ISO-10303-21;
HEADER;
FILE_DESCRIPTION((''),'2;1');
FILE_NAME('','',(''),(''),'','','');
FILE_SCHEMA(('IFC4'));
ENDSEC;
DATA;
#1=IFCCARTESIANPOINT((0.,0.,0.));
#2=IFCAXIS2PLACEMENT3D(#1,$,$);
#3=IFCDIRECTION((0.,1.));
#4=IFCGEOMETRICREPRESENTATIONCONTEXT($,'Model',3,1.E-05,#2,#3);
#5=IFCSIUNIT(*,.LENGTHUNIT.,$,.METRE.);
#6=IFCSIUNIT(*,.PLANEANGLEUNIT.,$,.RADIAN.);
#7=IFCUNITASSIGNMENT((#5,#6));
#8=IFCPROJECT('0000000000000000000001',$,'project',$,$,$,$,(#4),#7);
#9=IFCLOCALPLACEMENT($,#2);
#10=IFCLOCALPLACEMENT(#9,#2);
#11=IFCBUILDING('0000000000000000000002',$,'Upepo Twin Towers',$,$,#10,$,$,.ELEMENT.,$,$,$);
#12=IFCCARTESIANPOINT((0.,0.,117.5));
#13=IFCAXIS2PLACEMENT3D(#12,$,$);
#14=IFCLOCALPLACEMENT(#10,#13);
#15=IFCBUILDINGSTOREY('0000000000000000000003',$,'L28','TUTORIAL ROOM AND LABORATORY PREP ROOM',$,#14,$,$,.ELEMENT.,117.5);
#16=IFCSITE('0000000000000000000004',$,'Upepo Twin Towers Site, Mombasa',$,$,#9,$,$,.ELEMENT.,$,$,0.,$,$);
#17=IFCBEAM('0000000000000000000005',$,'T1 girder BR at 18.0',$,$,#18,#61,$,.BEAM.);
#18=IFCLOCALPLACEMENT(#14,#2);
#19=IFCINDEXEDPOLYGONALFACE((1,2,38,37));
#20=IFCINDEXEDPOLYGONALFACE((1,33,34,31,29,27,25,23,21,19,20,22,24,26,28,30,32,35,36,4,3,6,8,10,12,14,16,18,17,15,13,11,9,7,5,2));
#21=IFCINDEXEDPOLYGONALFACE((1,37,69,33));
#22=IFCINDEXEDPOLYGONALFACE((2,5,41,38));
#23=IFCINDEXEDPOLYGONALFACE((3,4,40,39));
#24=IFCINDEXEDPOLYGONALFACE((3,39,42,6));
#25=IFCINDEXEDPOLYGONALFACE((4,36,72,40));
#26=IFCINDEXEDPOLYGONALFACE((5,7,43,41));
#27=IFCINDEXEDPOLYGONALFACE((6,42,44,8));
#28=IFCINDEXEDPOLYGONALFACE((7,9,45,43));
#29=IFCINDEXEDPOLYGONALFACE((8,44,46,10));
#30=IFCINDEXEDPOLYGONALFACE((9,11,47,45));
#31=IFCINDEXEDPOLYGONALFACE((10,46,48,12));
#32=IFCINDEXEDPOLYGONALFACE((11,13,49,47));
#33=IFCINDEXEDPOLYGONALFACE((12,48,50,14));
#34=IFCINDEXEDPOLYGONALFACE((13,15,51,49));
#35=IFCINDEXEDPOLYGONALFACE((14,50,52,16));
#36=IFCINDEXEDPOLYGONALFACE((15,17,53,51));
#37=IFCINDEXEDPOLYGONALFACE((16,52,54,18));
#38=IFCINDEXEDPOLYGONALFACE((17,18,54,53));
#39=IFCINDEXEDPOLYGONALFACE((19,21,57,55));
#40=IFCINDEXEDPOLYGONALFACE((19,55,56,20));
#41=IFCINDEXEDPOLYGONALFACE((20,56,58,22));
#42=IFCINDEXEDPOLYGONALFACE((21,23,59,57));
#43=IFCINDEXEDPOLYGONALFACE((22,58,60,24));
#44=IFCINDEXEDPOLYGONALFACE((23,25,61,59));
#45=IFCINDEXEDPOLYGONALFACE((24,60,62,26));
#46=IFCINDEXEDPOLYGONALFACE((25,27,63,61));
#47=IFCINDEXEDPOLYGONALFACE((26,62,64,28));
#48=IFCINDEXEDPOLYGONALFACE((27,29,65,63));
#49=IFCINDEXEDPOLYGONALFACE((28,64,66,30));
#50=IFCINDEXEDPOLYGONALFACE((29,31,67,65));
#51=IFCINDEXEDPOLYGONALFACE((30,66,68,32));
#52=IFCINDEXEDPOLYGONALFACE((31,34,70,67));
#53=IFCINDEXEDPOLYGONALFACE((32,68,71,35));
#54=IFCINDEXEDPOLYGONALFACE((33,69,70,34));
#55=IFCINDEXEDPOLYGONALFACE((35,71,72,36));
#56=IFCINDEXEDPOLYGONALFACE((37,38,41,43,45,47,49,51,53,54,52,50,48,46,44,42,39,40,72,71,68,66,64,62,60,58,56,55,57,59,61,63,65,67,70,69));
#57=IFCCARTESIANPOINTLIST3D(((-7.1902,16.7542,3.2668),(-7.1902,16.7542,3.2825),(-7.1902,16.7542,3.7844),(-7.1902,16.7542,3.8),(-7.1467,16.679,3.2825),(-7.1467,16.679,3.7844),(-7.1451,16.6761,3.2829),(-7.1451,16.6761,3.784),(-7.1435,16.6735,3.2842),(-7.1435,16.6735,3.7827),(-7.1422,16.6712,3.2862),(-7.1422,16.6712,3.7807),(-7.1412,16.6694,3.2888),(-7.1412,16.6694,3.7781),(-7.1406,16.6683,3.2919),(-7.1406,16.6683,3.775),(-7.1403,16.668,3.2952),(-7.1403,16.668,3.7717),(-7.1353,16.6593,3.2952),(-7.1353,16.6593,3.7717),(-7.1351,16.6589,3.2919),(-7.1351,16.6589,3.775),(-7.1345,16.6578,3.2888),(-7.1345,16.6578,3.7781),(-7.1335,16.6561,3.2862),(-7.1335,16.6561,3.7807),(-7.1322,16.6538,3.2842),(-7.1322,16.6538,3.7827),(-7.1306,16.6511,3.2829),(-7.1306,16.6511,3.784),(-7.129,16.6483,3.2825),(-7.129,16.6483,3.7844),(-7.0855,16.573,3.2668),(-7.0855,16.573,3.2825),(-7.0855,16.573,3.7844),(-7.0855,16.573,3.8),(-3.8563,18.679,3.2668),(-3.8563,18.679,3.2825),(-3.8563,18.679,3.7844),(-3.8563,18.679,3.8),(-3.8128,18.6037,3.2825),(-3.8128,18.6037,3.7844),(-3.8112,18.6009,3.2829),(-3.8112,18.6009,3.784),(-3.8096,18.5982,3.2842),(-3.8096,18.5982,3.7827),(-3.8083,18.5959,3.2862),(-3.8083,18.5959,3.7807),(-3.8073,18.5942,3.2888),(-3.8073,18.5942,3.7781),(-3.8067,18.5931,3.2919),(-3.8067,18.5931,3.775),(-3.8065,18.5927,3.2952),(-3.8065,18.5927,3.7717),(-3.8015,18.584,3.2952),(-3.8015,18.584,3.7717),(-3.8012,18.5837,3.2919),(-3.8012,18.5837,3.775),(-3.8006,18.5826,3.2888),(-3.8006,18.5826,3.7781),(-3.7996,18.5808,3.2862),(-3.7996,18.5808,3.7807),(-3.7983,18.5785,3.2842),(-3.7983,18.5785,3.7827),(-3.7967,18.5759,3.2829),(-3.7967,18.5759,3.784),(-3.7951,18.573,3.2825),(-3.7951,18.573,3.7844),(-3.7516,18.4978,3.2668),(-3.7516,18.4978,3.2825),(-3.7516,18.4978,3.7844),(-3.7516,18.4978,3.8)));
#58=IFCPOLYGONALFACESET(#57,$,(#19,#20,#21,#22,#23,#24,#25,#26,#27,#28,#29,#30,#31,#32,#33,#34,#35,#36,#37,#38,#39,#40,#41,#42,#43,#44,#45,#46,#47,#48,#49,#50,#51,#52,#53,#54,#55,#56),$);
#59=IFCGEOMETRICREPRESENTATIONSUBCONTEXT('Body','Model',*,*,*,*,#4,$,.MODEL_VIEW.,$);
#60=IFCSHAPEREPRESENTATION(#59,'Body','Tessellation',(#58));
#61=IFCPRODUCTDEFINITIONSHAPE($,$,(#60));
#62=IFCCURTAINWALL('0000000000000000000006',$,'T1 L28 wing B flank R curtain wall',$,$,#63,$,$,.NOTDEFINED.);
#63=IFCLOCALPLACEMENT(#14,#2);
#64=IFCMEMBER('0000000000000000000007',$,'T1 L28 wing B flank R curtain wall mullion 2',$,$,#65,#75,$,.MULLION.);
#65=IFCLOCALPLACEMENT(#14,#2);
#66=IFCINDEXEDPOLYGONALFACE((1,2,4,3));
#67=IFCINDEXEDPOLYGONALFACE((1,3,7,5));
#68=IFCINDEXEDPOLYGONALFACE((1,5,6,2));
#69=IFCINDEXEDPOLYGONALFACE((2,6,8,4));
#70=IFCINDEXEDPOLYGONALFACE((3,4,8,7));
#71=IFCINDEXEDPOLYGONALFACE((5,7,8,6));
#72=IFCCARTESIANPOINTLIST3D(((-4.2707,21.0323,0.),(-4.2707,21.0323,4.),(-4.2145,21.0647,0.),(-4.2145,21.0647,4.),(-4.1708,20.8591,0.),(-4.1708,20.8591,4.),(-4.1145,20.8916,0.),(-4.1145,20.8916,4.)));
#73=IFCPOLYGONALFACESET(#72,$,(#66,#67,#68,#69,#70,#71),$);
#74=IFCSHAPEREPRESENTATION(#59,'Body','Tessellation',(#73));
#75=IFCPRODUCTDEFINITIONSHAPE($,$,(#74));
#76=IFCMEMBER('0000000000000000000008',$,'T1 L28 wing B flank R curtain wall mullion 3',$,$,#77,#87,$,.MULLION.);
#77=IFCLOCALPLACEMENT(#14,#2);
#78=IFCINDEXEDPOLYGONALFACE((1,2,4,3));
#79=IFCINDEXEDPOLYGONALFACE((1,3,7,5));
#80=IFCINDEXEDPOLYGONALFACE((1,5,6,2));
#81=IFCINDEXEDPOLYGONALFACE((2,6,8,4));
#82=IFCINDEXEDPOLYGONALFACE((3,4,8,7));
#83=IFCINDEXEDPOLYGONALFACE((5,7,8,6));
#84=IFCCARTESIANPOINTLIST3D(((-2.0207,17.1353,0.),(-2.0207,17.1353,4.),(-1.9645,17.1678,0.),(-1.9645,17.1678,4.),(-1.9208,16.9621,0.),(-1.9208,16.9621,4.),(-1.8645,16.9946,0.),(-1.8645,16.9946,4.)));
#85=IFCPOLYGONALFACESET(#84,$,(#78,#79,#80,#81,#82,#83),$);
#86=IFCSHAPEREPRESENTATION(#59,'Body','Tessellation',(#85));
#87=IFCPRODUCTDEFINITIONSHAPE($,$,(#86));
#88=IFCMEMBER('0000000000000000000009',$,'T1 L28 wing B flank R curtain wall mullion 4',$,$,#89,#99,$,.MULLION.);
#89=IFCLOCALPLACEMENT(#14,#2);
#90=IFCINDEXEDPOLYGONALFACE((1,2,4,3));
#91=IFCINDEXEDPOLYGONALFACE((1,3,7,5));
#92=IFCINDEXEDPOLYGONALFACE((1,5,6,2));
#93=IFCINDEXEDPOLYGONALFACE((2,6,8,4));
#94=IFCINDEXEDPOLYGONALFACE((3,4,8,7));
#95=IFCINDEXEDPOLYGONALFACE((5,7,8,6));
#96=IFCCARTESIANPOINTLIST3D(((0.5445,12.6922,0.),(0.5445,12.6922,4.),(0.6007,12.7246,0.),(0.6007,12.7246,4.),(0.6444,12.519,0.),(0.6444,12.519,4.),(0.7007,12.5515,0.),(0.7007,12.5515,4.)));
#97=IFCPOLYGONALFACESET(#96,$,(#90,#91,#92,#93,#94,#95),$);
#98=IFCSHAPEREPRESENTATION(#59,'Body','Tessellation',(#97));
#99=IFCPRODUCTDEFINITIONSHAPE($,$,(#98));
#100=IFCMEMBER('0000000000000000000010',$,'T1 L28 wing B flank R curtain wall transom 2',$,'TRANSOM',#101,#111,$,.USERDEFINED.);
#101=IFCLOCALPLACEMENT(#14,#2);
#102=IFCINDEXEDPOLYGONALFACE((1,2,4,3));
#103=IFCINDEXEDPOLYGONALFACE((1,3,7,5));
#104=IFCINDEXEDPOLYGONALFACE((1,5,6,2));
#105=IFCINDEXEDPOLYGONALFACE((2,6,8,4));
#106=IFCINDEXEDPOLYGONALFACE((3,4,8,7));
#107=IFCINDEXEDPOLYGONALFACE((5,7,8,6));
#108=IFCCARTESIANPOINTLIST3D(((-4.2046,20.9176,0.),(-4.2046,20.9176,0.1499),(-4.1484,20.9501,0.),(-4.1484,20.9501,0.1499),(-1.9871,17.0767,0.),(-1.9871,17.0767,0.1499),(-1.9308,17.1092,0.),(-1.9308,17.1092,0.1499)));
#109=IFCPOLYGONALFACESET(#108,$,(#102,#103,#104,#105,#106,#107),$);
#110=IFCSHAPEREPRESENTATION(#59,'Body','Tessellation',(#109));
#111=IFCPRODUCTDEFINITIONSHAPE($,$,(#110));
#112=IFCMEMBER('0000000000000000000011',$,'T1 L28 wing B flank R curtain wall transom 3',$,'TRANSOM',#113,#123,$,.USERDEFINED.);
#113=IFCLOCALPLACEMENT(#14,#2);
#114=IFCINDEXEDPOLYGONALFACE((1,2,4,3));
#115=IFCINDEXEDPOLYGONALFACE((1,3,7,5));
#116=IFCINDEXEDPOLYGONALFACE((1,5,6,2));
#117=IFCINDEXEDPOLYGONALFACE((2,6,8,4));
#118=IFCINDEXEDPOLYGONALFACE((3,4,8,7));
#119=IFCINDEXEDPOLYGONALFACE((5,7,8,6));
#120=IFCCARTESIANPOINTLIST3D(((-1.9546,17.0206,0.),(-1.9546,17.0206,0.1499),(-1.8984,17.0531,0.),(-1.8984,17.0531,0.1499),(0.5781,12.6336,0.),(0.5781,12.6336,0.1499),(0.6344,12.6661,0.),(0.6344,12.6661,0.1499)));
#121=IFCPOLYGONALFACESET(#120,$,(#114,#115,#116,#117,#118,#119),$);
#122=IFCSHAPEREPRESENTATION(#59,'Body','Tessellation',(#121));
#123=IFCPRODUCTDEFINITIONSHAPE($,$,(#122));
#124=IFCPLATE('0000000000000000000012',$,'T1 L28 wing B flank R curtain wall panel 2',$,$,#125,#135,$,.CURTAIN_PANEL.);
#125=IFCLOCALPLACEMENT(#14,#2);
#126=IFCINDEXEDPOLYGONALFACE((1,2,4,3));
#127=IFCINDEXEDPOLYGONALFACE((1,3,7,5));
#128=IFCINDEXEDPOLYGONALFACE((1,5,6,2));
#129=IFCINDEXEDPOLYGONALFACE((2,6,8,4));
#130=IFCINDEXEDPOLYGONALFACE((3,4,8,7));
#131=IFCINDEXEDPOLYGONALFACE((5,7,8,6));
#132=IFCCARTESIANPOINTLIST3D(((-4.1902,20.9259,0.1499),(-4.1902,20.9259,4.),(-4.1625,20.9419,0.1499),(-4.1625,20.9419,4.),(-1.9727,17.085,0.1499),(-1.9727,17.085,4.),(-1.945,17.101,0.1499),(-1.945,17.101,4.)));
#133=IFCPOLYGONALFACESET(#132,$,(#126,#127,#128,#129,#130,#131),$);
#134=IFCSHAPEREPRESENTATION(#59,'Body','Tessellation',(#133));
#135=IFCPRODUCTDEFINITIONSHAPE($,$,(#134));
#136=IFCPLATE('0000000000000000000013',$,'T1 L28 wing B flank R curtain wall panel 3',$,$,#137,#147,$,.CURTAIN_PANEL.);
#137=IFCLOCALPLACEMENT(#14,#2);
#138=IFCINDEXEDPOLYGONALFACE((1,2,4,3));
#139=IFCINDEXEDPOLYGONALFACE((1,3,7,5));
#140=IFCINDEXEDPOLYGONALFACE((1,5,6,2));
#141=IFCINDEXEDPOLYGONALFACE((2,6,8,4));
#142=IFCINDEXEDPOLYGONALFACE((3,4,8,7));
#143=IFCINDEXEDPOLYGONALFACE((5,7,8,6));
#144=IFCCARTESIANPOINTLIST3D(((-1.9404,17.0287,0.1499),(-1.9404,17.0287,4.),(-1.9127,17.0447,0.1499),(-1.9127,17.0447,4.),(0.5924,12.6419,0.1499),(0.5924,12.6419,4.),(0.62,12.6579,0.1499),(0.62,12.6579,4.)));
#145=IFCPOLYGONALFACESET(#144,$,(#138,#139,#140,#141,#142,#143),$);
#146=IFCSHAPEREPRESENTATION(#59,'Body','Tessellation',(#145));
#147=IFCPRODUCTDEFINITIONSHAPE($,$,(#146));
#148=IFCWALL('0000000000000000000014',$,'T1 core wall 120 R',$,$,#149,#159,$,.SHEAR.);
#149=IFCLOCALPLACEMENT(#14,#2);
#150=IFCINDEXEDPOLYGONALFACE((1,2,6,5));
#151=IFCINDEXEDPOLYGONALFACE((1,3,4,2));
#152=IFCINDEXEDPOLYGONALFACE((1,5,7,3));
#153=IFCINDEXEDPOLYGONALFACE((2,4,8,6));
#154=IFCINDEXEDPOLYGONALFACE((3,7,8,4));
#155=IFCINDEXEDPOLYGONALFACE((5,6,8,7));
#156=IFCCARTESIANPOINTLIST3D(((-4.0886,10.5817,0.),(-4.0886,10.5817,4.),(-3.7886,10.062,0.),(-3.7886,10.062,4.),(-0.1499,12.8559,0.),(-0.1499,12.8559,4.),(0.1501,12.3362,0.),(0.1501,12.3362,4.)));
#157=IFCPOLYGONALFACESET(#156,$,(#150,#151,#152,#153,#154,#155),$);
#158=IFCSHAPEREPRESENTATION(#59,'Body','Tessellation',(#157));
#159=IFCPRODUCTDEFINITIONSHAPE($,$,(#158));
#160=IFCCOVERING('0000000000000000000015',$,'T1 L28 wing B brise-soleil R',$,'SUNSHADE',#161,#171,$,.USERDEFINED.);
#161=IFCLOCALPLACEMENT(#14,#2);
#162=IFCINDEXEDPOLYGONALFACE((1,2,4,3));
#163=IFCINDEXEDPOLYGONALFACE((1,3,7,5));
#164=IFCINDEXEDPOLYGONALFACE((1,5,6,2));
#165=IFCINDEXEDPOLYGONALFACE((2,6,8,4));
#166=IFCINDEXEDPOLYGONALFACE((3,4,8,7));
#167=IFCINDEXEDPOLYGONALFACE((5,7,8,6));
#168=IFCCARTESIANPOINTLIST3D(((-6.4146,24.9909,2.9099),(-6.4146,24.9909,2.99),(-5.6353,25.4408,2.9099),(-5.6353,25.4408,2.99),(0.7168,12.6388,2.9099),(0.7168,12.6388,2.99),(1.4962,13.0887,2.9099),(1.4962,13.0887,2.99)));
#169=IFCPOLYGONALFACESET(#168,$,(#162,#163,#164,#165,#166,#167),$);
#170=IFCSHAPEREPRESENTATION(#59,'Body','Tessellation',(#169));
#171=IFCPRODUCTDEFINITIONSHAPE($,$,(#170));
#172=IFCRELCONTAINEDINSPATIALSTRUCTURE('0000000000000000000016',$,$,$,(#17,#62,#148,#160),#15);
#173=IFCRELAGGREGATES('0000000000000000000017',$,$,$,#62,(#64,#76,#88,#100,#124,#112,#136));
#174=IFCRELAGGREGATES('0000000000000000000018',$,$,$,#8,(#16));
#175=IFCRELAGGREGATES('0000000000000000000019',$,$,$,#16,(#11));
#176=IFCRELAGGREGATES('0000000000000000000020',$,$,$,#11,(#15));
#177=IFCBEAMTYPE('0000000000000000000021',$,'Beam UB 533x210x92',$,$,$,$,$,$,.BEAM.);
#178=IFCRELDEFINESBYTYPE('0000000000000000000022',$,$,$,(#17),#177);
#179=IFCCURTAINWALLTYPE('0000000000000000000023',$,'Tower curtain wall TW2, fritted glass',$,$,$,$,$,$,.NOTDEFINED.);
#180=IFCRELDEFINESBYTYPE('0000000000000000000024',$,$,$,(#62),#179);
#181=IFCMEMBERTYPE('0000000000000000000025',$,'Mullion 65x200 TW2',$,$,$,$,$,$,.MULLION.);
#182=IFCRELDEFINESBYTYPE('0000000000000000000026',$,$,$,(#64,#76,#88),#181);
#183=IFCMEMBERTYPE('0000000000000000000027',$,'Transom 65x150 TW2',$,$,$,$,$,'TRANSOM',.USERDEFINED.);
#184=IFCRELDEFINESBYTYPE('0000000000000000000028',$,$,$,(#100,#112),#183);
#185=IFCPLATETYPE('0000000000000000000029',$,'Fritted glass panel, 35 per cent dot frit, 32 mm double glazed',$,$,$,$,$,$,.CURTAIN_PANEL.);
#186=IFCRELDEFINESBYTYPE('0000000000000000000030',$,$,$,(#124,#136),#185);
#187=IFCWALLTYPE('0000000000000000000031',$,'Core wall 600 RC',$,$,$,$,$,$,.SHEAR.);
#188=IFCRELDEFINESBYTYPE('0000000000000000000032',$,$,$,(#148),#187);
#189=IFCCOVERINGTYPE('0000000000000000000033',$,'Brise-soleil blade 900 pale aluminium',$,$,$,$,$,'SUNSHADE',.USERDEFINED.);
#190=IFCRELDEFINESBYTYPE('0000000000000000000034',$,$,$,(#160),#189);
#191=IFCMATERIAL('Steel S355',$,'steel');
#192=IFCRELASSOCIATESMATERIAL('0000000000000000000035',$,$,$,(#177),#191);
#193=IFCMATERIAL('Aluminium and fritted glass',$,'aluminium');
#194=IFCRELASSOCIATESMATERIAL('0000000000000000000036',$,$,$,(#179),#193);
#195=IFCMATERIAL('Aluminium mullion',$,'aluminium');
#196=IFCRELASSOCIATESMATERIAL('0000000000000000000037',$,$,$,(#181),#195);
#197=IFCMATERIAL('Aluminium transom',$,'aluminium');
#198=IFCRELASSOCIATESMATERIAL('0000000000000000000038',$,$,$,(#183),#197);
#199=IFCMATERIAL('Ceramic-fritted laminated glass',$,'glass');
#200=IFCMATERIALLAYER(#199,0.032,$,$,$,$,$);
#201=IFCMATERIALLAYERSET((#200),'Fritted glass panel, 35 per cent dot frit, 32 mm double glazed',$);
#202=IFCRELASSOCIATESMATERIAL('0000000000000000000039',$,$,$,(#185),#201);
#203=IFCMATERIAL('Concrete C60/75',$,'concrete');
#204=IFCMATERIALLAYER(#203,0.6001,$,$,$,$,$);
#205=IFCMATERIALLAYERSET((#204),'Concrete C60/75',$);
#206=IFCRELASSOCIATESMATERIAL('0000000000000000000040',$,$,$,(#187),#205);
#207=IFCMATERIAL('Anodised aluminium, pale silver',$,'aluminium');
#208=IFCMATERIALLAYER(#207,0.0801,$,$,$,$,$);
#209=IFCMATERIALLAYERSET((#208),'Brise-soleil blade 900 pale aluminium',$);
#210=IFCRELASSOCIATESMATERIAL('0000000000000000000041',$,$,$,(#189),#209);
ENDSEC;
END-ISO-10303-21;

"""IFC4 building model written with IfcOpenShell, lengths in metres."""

from ifc_helpers import new_model, si_unit, direction, frame, frame_2d, origin, origin_2d, place, context, subcontext, project, spatial, rectangle, i_section, extrude, material, layer, layer_set, material_profile, profile_set, type_object, element, aggregate, save


model = new_model("IFC4")

# Units and contexts
model_context = context("Model", 3, precision=1e-05, world=origin(), true_north=direction((0.0, 1.0)))
body_context = subcontext(model_context, "Body", "Model", "MODEL_VIEW")
ifc_project = project(units=[si_unit("LENGTHUNIT", "METRE"), si_unit("PLANEANGLEUNIT", "RADIAN")], contexts=[model_context])

# Site, building, storey
site_placement = place(None, origin())
site = spatial("IfcSite", under=ifc_project, at=site_placement, Name="Upepo Twin Towers Site, Mombasa", CompositionType="ELEMENT", RefElevation=0.0)
building_placement = place(site_placement, origin())
building = spatial("IfcBuilding", under=site, at=building_placement, Name="Upepo Twin Towers", CompositionType="ELEMENT")
storey_placement = place(building_placement, frame((0.0, 0.0, 117.5)))
storey = spatial("IfcBuildingStorey", under=building, at=storey_placement, Name="L28", Description="TUTORIAL ROOM AND LABORATORY PREP ROOM", CompositionType="ELEMENT", Elevation=117.5)

# Beam
ifc_material_1 = material(Name="Steel S355", Category="steel")
ifc_material_profile_1 = material_profile(ifc_material_1, i_section(OverallWidth=0.2092, OverallDepth=0.5332, WebThickness=0.01, FlangeThickness=0.0156, FilletRadius=0.0127, at=origin_2d()), Name="UB 533x210x92")
ifc_profile_set_1 = profile_set([ifc_material_profile_1], Name="Steel S355")
beam_type_1 = type_object("IfcBeamType", Name="Beam UB 533x210x92", PredefinedType="BEAM", material=ifc_profile_set_1)
beam_1_placement = place(storey_placement, frame((-3.804, 18.5884, 3.5334), z_axis=(-0.866034, -0.499986, 0.0), x_axis=(0.499986, -0.866034, 0.0)))
element("IfcBeam", 1, at=beam_1_placement, inside=storey, type_object=beam_type_1, Name="T1 girder BR at 18.0", PredefinedType="BEAM", context=body_context, shape_type="SweptSolid", body=[
    extrude(i_section(OverallWidth=0.2092, OverallDepth=0.5332, WebThickness=0.01, FlangeThickness=0.0156, FilletRadius=0.0127, at=origin_2d()), origin(), (0.0, 0.0, 1.0), 3.8496),
])

# Curtain wall, members, plates
ifc_material_2 = material(Name="Aluminium and fritted glass", Category="aluminium")
curtain_wall_type = type_object("IfcCurtainWallType", Name="Tower curtain wall TW2, fritted glass", PredefinedType="NOTDEFINED", material=ifc_material_2)
curtain_wall_placement = place(storey_placement, origin())
curtain_wall = element("IfcCurtainWall", 2, at=curtain_wall_placement, inside=storey, type_object=curtain_wall_type, Name="T1 L28 wing B flank R curtain wall", PredefinedType="NOTDEFINED")
ifc_material_3 = material(Name="Aluminium mullion", Category="aluminium")
ifc_material_profile_2 = material_profile(ifc_material_3, rectangle(XDim=0.0649, YDim=0.2, at=origin_2d()), Name="MULLION 65x200")
ifc_profile_set_2 = profile_set([ifc_material_profile_2], Name="Aluminium mullion")
member_type_1 = type_object("IfcMemberType", Name="Mullion 65x200 TW2", PredefinedType="MULLION", material=ifc_profile_set_2)
member_1_placement = place(storey_placement, frame((-4.1926, 20.9619, 0.0), z_axis=(0.0, 0.0, 1.0), x_axis=(0.866025, 0.5, 0.0)))
member_1 = element("IfcMember", 3, at=member_1_placement, type_object=member_type_1, Name="T1 L28 wing B flank R curtain wall mullion 2", PredefinedType="MULLION", context=body_context, shape_type="SweptSolid", body=[
    extrude(rectangle(XDim=0.0649, YDim=0.2, at=origin_2d()), origin(), (0.0, 0.0, 1.0), 4.0),
])
member_2_placement = place(storey_placement, frame((-1.9426, 17.0649, 0.0), z_axis=(0.0, 0.0, 1.0), x_axis=(0.866025, 0.5, 0.0)))
member_2 = element("IfcMember", 4, at=member_2_placement, type_object=member_type_1, Name="T1 L28 wing B flank R curtain wall mullion 3", PredefinedType="MULLION", context=body_context, shape_type="SweptSolid", body=[
    extrude(rectangle(XDim=0.0649, YDim=0.2, at=origin_2d()), origin(), (0.0, 0.0, 1.0), 4.0),
])
member_3_placement = place(storey_placement, frame((0.6226, 12.6218, 0.0), z_axis=(0.0, 0.0, 1.0), x_axis=(0.866025, 0.5, 0.0)))
member_3 = element("IfcMember", 5, at=member_3_placement, type_object=member_type_1, Name="T1 L28 wing B flank R curtain wall mullion 4", PredefinedType="MULLION", context=body_context, shape_type="SweptSolid", body=[
    extrude(rectangle(XDim=0.0649, YDim=0.2, at=origin_2d()), origin(), (0.0, 0.0, 1.0), 4.0),
])
ifc_material_4 = material(Name="Aluminium transom", Category="aluminium")
ifc_material_profile_3 = material_profile(ifc_material_4, rectangle(XDim=0.0649, YDim=0.1499, at=origin_2d()), Name="TRANSOM 65x150")
ifc_profile_set_3 = profile_set([ifc_material_profile_3], Name="Aluminium transom")
member_type_2 = type_object("IfcMemberType", Name="Transom 65x150 TW2", ElementType="TRANSOM", PredefinedType="USERDEFINED", material=ifc_profile_set_3)
member_4_placement = place(storey_placement, frame((-4.1765, 20.9338, 0.075), z_axis=(0.500005, -0.866022, 0.0), x_axis=(0.866022, 0.500005, 0.0)))
member_4 = element("IfcMember", 6, at=member_4_placement, type_object=member_type_2, Name="T1 L28 wing B flank R curtain wall transom 2", ObjectType="TRANSOM", PredefinedType="USERDEFINED", context=body_context, shape_type="SweptSolid", body=[
    extrude(rectangle(XDim=0.0649, YDim=0.1499, at=origin_2d()), origin(), (0.0, 0.0, 1.0), 4.4351),
])
member_5_placement = place(storey_placement, frame((-1.9265, 17.0369, 0.075), z_axis=(0.499985, -0.866034, 0.0), x_axis=(0.866034, 0.499985, 0.0)))
member_5 = element("IfcMember", 7, at=member_5_placement, type_object=member_type_2, Name="T1 L28 wing B flank R curtain wall transom 3", ObjectType="TRANSOM", PredefinedType="USERDEFINED", context=body_context, shape_type="SweptSolid", body=[
    extrude(rectangle(XDim=0.0649, YDim=0.1499, at=origin_2d()), origin(), (0.0, 0.0, 1.0), 5.0657),
])
ifc_material_5 = material(Name="Ceramic-fritted laminated glass", Category="glass")
ifc_layer_1 = layer(ifc_material_5, 0.032)
ifc_layer_set_1 = layer_set([ifc_layer_1], Name="Fritted glass panel, 35 per cent dot frit, 32 mm double glazed")
plate_type = type_object("IfcPlateType", Name="Fritted glass panel, 35 per cent dot frit, 32 mm double glazed", PredefinedType="CURTAIN_PANEL", material=ifc_layer_set_1)
plate_1_placement = place(storey_placement, frame((-3.0676, 19.0134, 0.1499), z_axis=(0.0, 0.0, 1.0), x_axis=(0.5, -0.866025, 0.0)))
plate_1 = element("IfcPlate", 8, at=plate_1_placement, type_object=plate_type, Name="T1 L28 wing B flank R curtain wall panel 2", PredefinedType="CURTAIN_PANEL", context=body_context, shape_type="SweptSolid", body=[
    extrude(rectangle(XDim=4.4351, YDim=0.032, at=origin_2d()), origin(), (0.0, 0.0, 1.0), 3.8501),
])
plate_2_placement = place(storey_placement, frame((-0.6602, 14.8433, 0.1499), z_axis=(0.0, 0.0, 1.0), x_axis=(0.5, -0.866025, 0.0)))
plate_2 = element("IfcPlate", 9, at=plate_2_placement, type_object=plate_type, Name="T1 L28 wing B flank R curtain wall panel 3", PredefinedType="CURTAIN_PANEL", context=body_context, shape_type="SweptSolid", body=[
    extrude(rectangle(XDim=5.0654, YDim=0.032, at=origin_2d()), origin(), (0.0, 0.0, 1.0), 3.8501),
])
aggregate(curtain_wall, [member_1, member_2, member_3, member_4, plate_1, member_5, plate_2])

# Wall
ifc_material_6 = material(Name="Concrete C60/75", Category="concrete")
ifc_layer_2 = layer(ifc_material_6, 0.6001)
ifc_layer_set_2 = layer_set([ifc_layer_2], Name="Concrete C60/75")
wall_type = type_object("IfcWallType", Name="Core wall 600 RC", PredefinedType="SHEAR", material=ifc_layer_set_2)
wall_placement = place(storey_placement, frame((0.0, 12.5959, 0.0), z_axis=(0.0, 0.0, 1.0), x_axis=(-0.866011, -0.500024, 0.0)))
element("IfcWall", 10, at=wall_placement, inside=storey, type_object=wall_type, Name="T1 core wall 120 R", PredefinedType="SHEAR", context=body_context, shape_type="SweptSolid", body=[
    extrude(rectangle(XDim=4.5481, YDim=0.6001, at=frame_2d((2.2739, 0.0))), origin(), (0.0, 0.0, 1.0), 4.0),
])

# Covering
ifc_material_7 = material(Name="Anodised aluminium, pale silver", Category="aluminium")
ifc_layer_3 = layer(ifc_material_7, 0.0801)
ifc_layer_set_3 = layer_set([ifc_layer_3], Name="Brise-soleil blade 900 pale aluminium")
covering_type = type_object("IfcCoveringType", Name="Brise-soleil blade 900 pale aluminium", ElementType="SUNSHADE", PredefinedType="USERDEFINED", material=ifc_layer_set_3)
covering_placement = place(storey_placement, frame((-2.4592, 19.0398, 2.9099), z_axis=(0.0, 0.0, 1.0), x_axis=(-0.5, 0.866025, 0.0)))
element("IfcCovering", 11, at=covering_placement, inside=storey, type_object=covering_type, Name="T1 L28 wing B brise-soleil R", ObjectType="SUNSHADE", PredefinedType="USERDEFINED", context=body_context, shape_type="SweptSolid", body=[
    extrude(rectangle(XDim=14.2629, YDim=0.8999, at=origin_2d()), origin(), (0.0, 0.0, 1.0), 0.0801),
])

save(model, "model.ifc")
